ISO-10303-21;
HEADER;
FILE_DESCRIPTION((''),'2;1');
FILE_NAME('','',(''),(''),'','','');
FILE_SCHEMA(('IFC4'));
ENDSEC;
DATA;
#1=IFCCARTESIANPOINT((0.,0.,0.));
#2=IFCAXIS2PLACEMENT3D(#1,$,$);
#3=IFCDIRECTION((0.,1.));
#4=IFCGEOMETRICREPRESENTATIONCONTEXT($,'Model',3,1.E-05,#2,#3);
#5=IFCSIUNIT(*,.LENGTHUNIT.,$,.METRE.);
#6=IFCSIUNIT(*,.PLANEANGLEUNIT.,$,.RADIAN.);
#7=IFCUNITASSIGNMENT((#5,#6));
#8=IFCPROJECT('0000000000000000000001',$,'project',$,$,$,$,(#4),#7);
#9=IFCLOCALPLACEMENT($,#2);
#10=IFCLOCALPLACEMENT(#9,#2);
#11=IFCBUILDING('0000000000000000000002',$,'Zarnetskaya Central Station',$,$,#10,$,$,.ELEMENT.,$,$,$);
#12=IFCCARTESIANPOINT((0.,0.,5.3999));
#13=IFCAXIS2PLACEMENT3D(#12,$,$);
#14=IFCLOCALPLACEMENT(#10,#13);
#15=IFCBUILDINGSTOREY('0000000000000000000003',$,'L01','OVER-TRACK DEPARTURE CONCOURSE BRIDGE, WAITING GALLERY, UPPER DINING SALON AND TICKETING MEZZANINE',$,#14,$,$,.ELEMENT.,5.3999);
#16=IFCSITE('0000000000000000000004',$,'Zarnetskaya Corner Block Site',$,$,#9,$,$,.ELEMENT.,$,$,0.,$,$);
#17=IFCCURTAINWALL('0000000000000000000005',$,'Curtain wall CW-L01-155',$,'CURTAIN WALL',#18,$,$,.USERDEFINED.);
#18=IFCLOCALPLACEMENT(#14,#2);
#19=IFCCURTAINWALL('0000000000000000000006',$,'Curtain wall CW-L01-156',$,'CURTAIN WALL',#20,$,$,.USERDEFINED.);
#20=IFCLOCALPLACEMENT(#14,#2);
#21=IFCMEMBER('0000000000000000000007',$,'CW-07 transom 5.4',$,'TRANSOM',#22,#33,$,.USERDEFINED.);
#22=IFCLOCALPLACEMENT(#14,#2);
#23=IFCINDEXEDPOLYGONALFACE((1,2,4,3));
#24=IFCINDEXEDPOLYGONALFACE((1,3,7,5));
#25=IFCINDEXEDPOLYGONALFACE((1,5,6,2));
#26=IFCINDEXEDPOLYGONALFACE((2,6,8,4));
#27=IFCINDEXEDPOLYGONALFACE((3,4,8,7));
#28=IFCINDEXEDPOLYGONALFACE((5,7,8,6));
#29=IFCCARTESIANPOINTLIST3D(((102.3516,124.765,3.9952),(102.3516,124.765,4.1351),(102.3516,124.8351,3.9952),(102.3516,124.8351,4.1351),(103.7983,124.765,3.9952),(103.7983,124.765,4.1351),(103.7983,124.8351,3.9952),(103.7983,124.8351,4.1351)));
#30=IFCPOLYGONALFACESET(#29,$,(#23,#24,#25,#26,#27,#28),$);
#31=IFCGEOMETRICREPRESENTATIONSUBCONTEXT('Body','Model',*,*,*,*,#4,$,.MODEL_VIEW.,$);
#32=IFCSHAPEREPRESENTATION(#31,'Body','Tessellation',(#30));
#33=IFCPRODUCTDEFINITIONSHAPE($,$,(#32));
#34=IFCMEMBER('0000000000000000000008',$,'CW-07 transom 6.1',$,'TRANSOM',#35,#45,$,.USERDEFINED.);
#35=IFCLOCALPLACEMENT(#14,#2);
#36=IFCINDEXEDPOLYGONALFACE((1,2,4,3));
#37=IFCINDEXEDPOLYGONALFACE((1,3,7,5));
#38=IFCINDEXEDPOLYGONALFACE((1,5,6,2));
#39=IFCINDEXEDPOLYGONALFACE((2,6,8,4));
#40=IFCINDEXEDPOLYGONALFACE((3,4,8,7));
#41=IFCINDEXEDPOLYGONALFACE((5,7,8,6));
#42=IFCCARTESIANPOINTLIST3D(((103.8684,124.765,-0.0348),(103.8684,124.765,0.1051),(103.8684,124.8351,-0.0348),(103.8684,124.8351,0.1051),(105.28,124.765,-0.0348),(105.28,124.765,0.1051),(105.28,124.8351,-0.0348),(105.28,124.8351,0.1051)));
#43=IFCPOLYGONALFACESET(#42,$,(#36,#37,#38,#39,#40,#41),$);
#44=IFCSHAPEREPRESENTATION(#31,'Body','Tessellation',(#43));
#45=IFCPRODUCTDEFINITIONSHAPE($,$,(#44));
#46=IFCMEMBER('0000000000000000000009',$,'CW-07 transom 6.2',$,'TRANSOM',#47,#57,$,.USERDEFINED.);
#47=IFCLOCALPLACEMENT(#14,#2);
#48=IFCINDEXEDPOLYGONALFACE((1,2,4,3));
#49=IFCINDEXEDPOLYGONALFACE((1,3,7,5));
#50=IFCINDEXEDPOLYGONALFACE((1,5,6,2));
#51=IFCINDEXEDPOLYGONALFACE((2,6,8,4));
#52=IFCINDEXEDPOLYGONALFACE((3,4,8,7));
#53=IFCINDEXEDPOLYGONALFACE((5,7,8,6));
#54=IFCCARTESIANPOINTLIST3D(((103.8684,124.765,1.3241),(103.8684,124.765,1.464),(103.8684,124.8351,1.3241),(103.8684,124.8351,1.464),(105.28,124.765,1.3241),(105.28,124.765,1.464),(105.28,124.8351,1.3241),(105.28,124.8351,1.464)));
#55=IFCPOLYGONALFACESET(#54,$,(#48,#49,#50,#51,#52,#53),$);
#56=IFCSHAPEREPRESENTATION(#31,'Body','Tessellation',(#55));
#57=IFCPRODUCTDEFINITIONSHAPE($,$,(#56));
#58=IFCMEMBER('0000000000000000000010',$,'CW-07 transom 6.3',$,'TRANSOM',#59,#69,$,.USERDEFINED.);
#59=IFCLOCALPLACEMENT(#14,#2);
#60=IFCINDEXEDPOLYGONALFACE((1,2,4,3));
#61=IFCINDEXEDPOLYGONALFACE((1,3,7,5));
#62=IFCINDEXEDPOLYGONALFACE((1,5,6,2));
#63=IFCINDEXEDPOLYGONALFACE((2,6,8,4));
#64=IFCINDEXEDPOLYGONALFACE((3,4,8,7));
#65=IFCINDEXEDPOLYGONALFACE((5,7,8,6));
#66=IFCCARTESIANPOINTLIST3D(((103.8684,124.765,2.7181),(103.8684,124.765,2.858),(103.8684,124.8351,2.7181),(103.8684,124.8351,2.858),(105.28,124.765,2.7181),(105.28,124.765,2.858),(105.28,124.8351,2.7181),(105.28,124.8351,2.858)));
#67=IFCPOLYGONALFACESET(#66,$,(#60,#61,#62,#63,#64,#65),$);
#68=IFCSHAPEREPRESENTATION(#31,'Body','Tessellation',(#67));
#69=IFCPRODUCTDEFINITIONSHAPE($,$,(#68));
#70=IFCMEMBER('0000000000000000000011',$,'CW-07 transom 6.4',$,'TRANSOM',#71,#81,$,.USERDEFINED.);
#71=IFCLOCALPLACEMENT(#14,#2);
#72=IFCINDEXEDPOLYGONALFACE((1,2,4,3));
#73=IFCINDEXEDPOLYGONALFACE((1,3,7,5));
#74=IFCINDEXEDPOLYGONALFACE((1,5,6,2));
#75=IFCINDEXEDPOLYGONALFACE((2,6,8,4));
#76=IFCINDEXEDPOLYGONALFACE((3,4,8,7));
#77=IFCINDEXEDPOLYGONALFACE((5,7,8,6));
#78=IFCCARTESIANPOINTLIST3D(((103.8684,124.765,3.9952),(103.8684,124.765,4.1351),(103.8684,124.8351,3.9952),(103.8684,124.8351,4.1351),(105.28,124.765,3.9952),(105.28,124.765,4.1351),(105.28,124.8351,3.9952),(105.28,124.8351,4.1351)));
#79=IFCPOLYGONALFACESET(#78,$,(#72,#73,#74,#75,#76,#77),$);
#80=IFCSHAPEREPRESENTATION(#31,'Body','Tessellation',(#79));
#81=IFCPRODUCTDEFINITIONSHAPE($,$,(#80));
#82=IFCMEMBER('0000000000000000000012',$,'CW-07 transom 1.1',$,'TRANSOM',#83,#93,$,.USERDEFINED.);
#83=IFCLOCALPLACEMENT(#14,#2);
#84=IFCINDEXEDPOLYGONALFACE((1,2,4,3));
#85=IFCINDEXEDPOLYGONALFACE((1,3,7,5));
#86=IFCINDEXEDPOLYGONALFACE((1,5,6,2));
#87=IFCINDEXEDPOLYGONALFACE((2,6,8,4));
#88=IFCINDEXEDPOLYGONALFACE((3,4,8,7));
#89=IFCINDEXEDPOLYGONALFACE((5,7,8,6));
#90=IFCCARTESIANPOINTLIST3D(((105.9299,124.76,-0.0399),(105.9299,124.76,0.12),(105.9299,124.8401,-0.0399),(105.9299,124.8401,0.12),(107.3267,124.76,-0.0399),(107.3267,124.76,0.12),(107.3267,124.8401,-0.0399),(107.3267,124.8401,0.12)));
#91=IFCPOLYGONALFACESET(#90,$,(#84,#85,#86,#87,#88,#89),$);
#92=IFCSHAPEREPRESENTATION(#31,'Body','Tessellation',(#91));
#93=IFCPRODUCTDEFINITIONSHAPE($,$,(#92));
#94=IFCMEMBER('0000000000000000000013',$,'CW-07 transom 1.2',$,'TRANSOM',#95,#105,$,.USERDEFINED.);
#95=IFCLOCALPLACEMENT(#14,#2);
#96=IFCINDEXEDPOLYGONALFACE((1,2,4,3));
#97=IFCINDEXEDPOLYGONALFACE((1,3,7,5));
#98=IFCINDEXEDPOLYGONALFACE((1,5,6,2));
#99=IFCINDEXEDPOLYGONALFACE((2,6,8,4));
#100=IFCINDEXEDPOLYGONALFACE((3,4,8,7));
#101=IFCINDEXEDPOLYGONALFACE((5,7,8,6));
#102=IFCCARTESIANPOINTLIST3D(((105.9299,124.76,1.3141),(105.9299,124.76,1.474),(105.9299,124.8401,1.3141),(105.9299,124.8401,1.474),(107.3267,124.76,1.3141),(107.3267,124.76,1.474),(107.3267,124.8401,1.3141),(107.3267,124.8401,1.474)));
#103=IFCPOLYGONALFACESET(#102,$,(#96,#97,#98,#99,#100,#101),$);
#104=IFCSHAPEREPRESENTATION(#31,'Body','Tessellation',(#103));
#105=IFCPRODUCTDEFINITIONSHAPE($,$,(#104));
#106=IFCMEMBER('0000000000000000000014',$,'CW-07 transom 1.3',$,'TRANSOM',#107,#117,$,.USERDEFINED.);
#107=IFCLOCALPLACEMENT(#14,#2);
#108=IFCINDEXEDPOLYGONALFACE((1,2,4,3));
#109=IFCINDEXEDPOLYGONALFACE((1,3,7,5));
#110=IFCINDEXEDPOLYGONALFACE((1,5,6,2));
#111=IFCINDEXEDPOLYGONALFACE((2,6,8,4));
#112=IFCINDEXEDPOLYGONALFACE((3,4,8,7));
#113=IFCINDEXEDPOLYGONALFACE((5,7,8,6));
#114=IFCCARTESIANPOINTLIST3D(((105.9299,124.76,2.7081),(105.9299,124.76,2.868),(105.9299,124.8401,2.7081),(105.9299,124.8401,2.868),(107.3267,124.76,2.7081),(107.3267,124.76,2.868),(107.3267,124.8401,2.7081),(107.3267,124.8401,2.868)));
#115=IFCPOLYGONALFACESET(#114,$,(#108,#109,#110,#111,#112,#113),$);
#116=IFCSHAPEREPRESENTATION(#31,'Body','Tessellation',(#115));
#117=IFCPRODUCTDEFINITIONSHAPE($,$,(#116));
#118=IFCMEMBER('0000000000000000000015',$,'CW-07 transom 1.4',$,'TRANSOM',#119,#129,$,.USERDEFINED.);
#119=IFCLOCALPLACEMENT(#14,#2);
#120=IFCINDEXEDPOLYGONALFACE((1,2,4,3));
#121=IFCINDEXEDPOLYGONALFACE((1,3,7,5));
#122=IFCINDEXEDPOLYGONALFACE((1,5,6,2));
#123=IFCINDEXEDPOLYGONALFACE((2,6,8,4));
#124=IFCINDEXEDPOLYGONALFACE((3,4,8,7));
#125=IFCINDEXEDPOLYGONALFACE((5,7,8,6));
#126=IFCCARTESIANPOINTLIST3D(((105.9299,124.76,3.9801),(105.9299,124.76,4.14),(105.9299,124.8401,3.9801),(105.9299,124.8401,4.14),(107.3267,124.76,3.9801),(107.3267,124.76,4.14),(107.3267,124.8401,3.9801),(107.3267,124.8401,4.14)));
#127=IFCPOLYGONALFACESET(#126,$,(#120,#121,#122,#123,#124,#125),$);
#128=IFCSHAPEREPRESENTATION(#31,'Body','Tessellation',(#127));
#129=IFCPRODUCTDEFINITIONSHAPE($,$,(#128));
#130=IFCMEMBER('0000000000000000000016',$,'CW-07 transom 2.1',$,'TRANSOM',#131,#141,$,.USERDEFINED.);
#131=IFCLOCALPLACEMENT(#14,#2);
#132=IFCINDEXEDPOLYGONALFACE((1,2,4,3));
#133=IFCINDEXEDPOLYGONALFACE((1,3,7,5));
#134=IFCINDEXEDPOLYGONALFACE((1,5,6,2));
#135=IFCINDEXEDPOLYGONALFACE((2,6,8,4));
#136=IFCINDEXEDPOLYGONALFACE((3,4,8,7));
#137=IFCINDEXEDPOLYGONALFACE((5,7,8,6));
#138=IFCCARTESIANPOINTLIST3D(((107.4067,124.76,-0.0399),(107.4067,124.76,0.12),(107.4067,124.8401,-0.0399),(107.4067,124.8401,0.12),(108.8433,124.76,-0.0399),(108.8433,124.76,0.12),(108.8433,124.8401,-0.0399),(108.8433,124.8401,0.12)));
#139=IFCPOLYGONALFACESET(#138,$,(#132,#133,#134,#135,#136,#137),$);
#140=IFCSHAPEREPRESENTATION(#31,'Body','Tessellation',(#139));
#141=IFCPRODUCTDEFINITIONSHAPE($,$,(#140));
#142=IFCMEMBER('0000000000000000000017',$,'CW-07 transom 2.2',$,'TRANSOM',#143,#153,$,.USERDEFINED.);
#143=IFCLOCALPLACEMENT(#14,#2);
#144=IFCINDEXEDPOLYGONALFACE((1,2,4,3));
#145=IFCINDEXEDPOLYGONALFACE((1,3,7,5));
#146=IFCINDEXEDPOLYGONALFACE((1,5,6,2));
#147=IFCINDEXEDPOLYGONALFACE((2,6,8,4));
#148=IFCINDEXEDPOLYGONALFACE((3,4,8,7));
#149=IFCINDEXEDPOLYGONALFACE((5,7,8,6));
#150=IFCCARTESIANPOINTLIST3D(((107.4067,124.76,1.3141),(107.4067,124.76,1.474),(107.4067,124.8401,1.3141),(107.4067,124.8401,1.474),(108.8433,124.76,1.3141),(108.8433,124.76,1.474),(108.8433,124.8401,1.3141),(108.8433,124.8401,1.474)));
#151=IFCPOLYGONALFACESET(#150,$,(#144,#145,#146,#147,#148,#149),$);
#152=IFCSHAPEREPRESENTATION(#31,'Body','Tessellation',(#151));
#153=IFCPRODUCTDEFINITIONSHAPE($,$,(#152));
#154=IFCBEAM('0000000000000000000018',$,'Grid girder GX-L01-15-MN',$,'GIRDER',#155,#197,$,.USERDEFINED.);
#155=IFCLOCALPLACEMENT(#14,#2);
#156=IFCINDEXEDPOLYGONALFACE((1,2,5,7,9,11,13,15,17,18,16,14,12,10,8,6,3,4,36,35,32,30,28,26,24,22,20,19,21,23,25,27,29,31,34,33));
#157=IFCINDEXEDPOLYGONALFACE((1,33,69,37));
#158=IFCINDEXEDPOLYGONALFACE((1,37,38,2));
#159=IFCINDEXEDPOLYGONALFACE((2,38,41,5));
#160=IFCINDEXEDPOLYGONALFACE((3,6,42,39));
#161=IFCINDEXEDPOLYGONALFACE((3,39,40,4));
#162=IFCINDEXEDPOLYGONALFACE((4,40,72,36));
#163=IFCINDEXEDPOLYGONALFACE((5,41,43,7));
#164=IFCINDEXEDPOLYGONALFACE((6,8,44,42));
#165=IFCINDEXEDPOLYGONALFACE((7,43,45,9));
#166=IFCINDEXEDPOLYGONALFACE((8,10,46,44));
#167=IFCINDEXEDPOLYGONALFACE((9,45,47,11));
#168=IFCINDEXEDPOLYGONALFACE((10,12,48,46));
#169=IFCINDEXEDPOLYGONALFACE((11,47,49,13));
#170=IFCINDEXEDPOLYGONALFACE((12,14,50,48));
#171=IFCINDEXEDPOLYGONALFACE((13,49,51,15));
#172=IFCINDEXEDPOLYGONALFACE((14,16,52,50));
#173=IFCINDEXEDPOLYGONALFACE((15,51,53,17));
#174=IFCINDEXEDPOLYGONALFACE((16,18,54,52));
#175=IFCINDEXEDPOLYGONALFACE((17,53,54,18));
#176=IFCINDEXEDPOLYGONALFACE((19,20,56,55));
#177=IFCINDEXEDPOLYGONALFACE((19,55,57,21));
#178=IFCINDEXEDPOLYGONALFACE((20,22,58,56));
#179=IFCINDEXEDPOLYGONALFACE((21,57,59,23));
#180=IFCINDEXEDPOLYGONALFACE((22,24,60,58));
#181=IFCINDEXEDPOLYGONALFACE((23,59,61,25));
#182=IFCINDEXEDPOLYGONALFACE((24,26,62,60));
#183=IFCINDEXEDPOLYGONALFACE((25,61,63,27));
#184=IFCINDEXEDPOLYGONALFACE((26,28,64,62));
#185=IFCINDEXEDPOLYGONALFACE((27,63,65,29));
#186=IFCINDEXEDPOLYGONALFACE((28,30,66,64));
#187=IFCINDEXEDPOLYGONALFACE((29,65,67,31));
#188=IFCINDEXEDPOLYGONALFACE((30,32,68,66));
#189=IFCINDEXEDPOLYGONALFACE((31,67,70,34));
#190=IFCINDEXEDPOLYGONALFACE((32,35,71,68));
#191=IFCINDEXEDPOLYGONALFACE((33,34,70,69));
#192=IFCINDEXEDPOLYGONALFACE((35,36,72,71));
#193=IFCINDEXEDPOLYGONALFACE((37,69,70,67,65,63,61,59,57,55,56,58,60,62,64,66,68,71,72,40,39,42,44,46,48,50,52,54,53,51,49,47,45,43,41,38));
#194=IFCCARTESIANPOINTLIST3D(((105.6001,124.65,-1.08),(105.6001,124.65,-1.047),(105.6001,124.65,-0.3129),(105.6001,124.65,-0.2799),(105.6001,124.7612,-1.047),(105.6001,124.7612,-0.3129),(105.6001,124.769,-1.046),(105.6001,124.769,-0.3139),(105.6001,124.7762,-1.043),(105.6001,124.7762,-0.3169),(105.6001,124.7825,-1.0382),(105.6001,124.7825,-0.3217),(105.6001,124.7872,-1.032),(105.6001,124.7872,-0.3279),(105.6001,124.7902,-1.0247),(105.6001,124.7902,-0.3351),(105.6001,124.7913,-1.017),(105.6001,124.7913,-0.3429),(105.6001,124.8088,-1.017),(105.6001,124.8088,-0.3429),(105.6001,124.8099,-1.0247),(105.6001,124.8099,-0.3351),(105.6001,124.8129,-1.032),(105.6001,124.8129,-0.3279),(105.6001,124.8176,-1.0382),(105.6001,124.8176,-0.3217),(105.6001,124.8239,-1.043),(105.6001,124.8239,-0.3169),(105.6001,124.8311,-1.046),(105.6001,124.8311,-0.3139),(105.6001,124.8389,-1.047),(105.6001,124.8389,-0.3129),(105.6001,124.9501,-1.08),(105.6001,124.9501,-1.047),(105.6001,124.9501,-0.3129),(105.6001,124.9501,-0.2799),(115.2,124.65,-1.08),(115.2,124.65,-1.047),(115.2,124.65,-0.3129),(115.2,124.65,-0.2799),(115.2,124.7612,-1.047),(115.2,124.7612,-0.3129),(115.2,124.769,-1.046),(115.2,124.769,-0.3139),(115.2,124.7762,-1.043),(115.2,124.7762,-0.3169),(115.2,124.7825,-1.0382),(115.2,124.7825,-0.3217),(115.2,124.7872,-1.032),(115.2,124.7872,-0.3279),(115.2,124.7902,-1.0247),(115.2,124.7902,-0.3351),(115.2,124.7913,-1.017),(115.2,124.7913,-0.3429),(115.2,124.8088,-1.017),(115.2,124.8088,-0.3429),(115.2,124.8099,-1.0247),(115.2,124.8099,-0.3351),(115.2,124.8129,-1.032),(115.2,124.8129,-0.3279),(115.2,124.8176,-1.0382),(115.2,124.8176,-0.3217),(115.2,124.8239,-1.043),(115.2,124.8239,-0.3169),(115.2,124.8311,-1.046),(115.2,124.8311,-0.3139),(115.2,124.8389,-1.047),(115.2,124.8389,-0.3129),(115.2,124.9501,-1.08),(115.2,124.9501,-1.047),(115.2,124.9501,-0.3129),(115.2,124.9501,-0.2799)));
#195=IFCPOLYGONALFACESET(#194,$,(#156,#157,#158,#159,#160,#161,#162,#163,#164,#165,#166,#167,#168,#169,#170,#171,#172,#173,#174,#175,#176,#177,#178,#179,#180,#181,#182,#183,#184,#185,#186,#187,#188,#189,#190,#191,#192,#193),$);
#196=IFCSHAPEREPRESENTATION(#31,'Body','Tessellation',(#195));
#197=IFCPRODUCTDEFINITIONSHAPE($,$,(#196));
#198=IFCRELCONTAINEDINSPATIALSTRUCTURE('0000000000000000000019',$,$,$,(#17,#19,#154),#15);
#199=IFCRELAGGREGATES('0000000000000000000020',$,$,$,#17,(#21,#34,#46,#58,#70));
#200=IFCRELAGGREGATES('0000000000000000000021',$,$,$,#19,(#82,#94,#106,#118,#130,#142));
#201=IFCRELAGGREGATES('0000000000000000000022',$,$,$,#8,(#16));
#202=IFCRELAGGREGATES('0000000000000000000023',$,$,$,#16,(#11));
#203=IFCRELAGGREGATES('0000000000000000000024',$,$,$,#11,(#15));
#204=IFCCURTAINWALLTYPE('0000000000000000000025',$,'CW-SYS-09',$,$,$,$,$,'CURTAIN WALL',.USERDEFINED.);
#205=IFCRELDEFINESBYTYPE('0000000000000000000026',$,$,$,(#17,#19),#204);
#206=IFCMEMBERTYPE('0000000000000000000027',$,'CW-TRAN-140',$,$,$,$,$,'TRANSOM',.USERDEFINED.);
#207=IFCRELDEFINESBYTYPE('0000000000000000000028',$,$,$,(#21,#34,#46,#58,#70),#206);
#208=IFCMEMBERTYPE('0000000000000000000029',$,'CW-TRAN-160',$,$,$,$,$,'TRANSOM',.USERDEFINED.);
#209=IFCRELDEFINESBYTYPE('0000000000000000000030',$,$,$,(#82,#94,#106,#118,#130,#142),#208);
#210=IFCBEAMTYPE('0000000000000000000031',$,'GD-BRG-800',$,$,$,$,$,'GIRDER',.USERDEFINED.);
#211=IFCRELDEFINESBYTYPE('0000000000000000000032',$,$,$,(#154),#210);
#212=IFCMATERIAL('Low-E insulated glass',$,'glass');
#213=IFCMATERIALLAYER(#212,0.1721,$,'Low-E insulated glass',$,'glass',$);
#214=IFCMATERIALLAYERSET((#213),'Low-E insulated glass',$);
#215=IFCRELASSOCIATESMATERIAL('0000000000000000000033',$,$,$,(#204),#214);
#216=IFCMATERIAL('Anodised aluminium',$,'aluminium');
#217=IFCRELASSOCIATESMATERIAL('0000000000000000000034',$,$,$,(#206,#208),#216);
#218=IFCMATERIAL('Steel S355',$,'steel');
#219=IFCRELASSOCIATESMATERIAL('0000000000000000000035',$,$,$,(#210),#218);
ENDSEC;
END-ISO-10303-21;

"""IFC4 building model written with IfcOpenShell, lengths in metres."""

from ifc_helpers import new_model, si_unit, direction, frame, origin, origin_2d, place, context, subcontext, project, spatial, rectangle, i_section, extrude, material, layer, layer_set, material_profile, profile_set, type_object, element, aggregate, save


model = new_model("IFC4")

# Units and contexts
model_context = context("Model", 3, precision=1e-05, world=origin(), true_north=direction((0.0, 1.0)))
body_context = subcontext(model_context, "Body", "Model", "MODEL_VIEW")
ifc_project = project(units=[si_unit("LENGTHUNIT", "METRE"), si_unit("PLANEANGLEUNIT", "RADIAN")], contexts=[model_context])

# Site, building, storey
site_placement = place(None, origin())
site = spatial("IfcSite", under=ifc_project, at=site_placement, Name="Zarnetskaya Corner Block Site", CompositionType="ELEMENT", RefElevation=0.0)
building_placement = place(site_placement, origin())
building = spatial("IfcBuilding", under=site, at=building_placement, Name="Zarnetskaya Central Station", CompositionType="ELEMENT")
storey_placement = place(building_placement, frame((0.0, 0.0, 5.3999)))
storey = spatial("IfcBuildingStorey", under=building, at=storey_placement, Name="L01", Description="OVER-TRACK DEPARTURE CONCOURSE BRIDGE, WAITING GALLERY, UPPER DINING SALON AND TICKETING MEZZANINE", CompositionType="ELEMENT", Elevation=5.3999)

# Shared definitions
ifc_material_1 = material(Name="Steel S355", Category="steel")

# Curtain walls
ifc_material_2 = material(Name="Low-E insulated glass", Category="glass")
ifc_layer_1 = layer(ifc_material_2, 0.1721, Name="Low-E insulated glass", Category="glass")
ifc_layer_set_1 = layer_set([ifc_layer_1], Name="Low-E insulated glass")
curtain_wall_type = type_object("IfcCurtainWallType", Name="CW-SYS-09", ElementType="CURTAIN WALL", PredefinedType="USERDEFINED", material=ifc_layer_set_1)
curtain_wall_1_placement = place(storey_placement, origin())
curtain_wall_1 = element("IfcCurtainWall", 1, at=curtain_wall_1_placement, inside=storey, type_object=curtain_wall_type, Name="Curtain wall CW-L01-155", ObjectType="CURTAIN WALL", PredefinedType="USERDEFINED")
ifc_material_3 = material(Name="Anodised aluminium", Category="aluminium")
curtain_wall_2_placement = place(storey_placement, origin())
curtain_wall_2 = element("IfcCurtainWall", 2, at=curtain_wall_2_placement, inside=storey, type_object=curtain_wall_type, Name="Curtain wall CW-L01-156", ObjectType="CURTAIN WALL", PredefinedType="USERDEFINED")

# Members
ifc_material_profile_1 = material_profile(ifc_material_3, rectangle(XDim=0.0701, YDim=0.1399, at=origin_2d()), Name="ALU TRAN 70x140")
ifc_profile_set_1 = profile_set([ifc_material_profile_1], Name="Anodised aluminium")
member_type_1 = type_object("IfcMemberType", Name="CW-TRAN-140", ElementType="TRANSOM", PredefinedType="USERDEFINED", material=ifc_profile_set_1)
member_1_placement = place(storey_placement, frame((102.3516, 124.8, 4.0652), z_axis=(1.0, 0.0, 0.0), x_axis=(0.0, 1.0, 0.0)))
member_1 = element("IfcMember", 3, at=member_1_placement, type_object=member_type_1, Name="CW-07 transom 5.4", ObjectType="TRANSOM", PredefinedType="USERDEFINED", context=body_context, shape_type="SweptSolid", body=[
    extrude(rectangle(XDim=0.0701, YDim=0.1399, at=origin_2d()), origin(), (0.0, 0.0, 1.0), 1.4468),
])
member_2_placement = place(storey_placement, frame((103.8684, 124.8, 0.0352), z_axis=(1.0, 0.0, 0.0), x_axis=(0.0, 1.0, 0.0)))
member_2 = element("IfcMember", 4, at=member_2_placement, type_object=member_type_1, Name="CW-07 transom 6.1", ObjectType="TRANSOM", PredefinedType="USERDEFINED", context=body_context, shape_type="SweptSolid", body=[
    extrude(rectangle(XDim=0.0701, YDim=0.1399, at=origin_2d()), origin(), (0.0, 0.0, 1.0), 1.4116),
])
member_3_placement = place(storey_placement, frame((103.8684, 124.8, 1.394), z_axis=(1.0, 0.0, 0.0), x_axis=(0.0, 1.0, 0.0)))
member_3 = element("IfcMember", 5, at=member_3_placement, type_object=member_type_1, Name="CW-07 transom 6.2", ObjectType="TRANSOM", PredefinedType="USERDEFINED", context=body_context, shape_type="SweptSolid", body=[
    extrude(rectangle(XDim=0.0701, YDim=0.1399, at=origin_2d()), origin(), (0.0, 0.0, 1.0), 1.4116),
])
member_4_placement = place(storey_placement, frame((103.8684, 124.8, 2.7881), z_axis=(1.0, 0.0, 0.0), x_axis=(0.0, 1.0, 0.0)))
member_4 = element("IfcMember", 6, at=member_4_placement, type_object=member_type_1, Name="CW-07 transom 6.3", ObjectType="TRANSOM", PredefinedType="USERDEFINED", context=body_context, shape_type="SweptSolid", body=[
    extrude(rectangle(XDim=0.0701, YDim=0.1399, at=origin_2d()), origin(), (0.0, 0.0, 1.0), 1.4116),
])
member_5_placement = place(storey_placement, frame((103.8684, 124.8, 4.0652), z_axis=(1.0, 0.0, 0.0), x_axis=(0.0, 1.0, 0.0)))
member_5 = element("IfcMember", 7, at=member_5_placement, type_object=member_type_1, Name="CW-07 transom 6.4", ObjectType="TRANSOM", PredefinedType="USERDEFINED", context=body_context, shape_type="SweptSolid", body=[
    extrude(rectangle(XDim=0.0701, YDim=0.1399, at=origin_2d()), origin(), (0.0, 0.0, 1.0), 1.4116),
])
ifc_material_profile_2 = material_profile(ifc_material_3, rectangle(XDim=0.0801, YDim=0.1599, at=origin_2d()), Name="ALU TRAN 80x160")
ifc_profile_set_2 = profile_set([ifc_material_profile_2], Name="Anodised aluminium")
member_type_2 = type_object("IfcMemberType", Name="CW-TRAN-160", ElementType="TRANSOM", PredefinedType="USERDEFINED", material=ifc_profile_set_2)
member_6_placement = place(storey_placement, frame((105.9299, 124.8, 0.04), z_axis=(1.0, 0.0, 0.0), x_axis=(0.0, 1.0, 0.0)))
member_6 = element("IfcMember", 8, at=member_6_placement, type_object=member_type_2, Name="CW-07 transom 1.1", ObjectType="TRANSOM", PredefinedType="USERDEFINED", context=body_context, shape_type="SweptSolid", body=[
    extrude(rectangle(XDim=0.0801, YDim=0.1599, at=origin_2d()), origin(), (0.0, 0.0, 1.0), 1.3967),
])
member_7_placement = place(storey_placement, frame((105.9299, 124.8, 1.394), z_axis=(1.0, 0.0, 0.0), x_axis=(0.0, 1.0, 0.0)))
member_7 = element("IfcMember", 9, at=member_7_placement, type_object=member_type_2, Name="CW-07 transom 1.2", ObjectType="TRANSOM", PredefinedType="USERDEFINED", context=body_context, shape_type="SweptSolid", body=[
    extrude(rectangle(XDim=0.0801, YDim=0.1599, at=origin_2d()), origin(), (0.0, 0.0, 1.0), 1.3967),
])
member_8_placement = place(storey_placement, frame((105.9299, 124.8, 2.7881), z_axis=(1.0, 0.0, 0.0), x_axis=(0.0, 1.0, 0.0)))
member_8 = element("IfcMember", 10, at=member_8_placement, type_object=member_type_2, Name="CW-07 transom 1.3", ObjectType="TRANSOM", PredefinedType="USERDEFINED", context=body_context, shape_type="SweptSolid", body=[
    extrude(rectangle(XDim=0.0801, YDim=0.1599, at=origin_2d()), origin(), (0.0, 0.0, 1.0), 1.3967),
])
member_9_placement = place(storey_placement, frame((105.9299, 124.8, 4.0601), z_axis=(1.0, 0.0, 0.0), x_axis=(0.0, 1.0, 0.0)))
member_9 = element("IfcMember", 11, at=member_9_placement, type_object=member_type_2, Name="CW-07 transom 1.4", ObjectType="TRANSOM", PredefinedType="USERDEFINED", context=body_context, shape_type="SweptSolid", body=[
    extrude(rectangle(XDim=0.0801, YDim=0.1599, at=origin_2d()), origin(), (0.0, 0.0, 1.0), 1.3967),
])
member_10_placement = place(storey_placement, frame((107.4067, 124.8, 0.04), z_axis=(1.0, 0.0, 0.0), x_axis=(0.0, 1.0, 0.0)))
member_10 = element("IfcMember", 12, at=member_10_placement, type_object=member_type_2, Name="CW-07 transom 2.1", ObjectType="TRANSOM", PredefinedType="USERDEFINED", context=body_context, shape_type="SweptSolid", body=[
    extrude(rectangle(XDim=0.0801, YDim=0.1599, at=origin_2d()), origin(), (0.0, 0.0, 1.0), 1.4365),
])
member_11_placement = place(storey_placement, frame((107.4067, 124.8, 1.394), z_axis=(1.0, 0.0, 0.0), x_axis=(0.0, 1.0, 0.0)))
member_11 = element("IfcMember", 13, at=member_11_placement, type_object=member_type_2, Name="CW-07 transom 2.2", ObjectType="TRANSOM", PredefinedType="USERDEFINED", context=body_context, shape_type="SweptSolid", body=[
    extrude(rectangle(XDim=0.0801, YDim=0.1599, at=origin_2d()), origin(), (0.0, 0.0, 1.0), 1.4365),
])

# Beam
ifc_material_profile_3 = material_profile(ifc_material_1, i_section(OverallWidth=0.3, OverallDepth=0.8, WebThickness=0.0176, FlangeThickness=0.033, FilletRadius=0.03, at=origin_2d()), Name="HEB 800")
ifc_profile_set_3 = profile_set([ifc_material_profile_3], Name="Steel S355")
beam_type = type_object("IfcBeamType", Name="GD-BRG-800", ElementType="GIRDER", PredefinedType="USERDEFINED", material=ifc_profile_set_3)
beam_placement = place(storey_placement, frame((105.6001, 124.8, -0.6799), z_axis=(1.0, 0.0, 0.0), x_axis=(0.0, 1.0, 0.0)))
element("IfcBeam", 14, at=beam_placement, inside=storey, type_object=beam_type, Name="Grid girder GX-L01-15-MN", ObjectType="GIRDER", PredefinedType="USERDEFINED", context=body_context, shape_type="SweptSolid", body=[
    extrude(i_section(OverallWidth=0.3, OverallDepth=0.8, WebThickness=0.0176, FlangeThickness=0.033, FilletRadius=0.03, at=origin_2d()), origin(), (0.0, 0.0, 1.0), 9.5999),
])

aggregate(curtain_wall_1, [member_1, member_2, member_3, member_4, member_5])
aggregate(curtain_wall_2, [member_6, member_7, member_8, member_9, member_10, member_11])

save(model, "model.ifc")
